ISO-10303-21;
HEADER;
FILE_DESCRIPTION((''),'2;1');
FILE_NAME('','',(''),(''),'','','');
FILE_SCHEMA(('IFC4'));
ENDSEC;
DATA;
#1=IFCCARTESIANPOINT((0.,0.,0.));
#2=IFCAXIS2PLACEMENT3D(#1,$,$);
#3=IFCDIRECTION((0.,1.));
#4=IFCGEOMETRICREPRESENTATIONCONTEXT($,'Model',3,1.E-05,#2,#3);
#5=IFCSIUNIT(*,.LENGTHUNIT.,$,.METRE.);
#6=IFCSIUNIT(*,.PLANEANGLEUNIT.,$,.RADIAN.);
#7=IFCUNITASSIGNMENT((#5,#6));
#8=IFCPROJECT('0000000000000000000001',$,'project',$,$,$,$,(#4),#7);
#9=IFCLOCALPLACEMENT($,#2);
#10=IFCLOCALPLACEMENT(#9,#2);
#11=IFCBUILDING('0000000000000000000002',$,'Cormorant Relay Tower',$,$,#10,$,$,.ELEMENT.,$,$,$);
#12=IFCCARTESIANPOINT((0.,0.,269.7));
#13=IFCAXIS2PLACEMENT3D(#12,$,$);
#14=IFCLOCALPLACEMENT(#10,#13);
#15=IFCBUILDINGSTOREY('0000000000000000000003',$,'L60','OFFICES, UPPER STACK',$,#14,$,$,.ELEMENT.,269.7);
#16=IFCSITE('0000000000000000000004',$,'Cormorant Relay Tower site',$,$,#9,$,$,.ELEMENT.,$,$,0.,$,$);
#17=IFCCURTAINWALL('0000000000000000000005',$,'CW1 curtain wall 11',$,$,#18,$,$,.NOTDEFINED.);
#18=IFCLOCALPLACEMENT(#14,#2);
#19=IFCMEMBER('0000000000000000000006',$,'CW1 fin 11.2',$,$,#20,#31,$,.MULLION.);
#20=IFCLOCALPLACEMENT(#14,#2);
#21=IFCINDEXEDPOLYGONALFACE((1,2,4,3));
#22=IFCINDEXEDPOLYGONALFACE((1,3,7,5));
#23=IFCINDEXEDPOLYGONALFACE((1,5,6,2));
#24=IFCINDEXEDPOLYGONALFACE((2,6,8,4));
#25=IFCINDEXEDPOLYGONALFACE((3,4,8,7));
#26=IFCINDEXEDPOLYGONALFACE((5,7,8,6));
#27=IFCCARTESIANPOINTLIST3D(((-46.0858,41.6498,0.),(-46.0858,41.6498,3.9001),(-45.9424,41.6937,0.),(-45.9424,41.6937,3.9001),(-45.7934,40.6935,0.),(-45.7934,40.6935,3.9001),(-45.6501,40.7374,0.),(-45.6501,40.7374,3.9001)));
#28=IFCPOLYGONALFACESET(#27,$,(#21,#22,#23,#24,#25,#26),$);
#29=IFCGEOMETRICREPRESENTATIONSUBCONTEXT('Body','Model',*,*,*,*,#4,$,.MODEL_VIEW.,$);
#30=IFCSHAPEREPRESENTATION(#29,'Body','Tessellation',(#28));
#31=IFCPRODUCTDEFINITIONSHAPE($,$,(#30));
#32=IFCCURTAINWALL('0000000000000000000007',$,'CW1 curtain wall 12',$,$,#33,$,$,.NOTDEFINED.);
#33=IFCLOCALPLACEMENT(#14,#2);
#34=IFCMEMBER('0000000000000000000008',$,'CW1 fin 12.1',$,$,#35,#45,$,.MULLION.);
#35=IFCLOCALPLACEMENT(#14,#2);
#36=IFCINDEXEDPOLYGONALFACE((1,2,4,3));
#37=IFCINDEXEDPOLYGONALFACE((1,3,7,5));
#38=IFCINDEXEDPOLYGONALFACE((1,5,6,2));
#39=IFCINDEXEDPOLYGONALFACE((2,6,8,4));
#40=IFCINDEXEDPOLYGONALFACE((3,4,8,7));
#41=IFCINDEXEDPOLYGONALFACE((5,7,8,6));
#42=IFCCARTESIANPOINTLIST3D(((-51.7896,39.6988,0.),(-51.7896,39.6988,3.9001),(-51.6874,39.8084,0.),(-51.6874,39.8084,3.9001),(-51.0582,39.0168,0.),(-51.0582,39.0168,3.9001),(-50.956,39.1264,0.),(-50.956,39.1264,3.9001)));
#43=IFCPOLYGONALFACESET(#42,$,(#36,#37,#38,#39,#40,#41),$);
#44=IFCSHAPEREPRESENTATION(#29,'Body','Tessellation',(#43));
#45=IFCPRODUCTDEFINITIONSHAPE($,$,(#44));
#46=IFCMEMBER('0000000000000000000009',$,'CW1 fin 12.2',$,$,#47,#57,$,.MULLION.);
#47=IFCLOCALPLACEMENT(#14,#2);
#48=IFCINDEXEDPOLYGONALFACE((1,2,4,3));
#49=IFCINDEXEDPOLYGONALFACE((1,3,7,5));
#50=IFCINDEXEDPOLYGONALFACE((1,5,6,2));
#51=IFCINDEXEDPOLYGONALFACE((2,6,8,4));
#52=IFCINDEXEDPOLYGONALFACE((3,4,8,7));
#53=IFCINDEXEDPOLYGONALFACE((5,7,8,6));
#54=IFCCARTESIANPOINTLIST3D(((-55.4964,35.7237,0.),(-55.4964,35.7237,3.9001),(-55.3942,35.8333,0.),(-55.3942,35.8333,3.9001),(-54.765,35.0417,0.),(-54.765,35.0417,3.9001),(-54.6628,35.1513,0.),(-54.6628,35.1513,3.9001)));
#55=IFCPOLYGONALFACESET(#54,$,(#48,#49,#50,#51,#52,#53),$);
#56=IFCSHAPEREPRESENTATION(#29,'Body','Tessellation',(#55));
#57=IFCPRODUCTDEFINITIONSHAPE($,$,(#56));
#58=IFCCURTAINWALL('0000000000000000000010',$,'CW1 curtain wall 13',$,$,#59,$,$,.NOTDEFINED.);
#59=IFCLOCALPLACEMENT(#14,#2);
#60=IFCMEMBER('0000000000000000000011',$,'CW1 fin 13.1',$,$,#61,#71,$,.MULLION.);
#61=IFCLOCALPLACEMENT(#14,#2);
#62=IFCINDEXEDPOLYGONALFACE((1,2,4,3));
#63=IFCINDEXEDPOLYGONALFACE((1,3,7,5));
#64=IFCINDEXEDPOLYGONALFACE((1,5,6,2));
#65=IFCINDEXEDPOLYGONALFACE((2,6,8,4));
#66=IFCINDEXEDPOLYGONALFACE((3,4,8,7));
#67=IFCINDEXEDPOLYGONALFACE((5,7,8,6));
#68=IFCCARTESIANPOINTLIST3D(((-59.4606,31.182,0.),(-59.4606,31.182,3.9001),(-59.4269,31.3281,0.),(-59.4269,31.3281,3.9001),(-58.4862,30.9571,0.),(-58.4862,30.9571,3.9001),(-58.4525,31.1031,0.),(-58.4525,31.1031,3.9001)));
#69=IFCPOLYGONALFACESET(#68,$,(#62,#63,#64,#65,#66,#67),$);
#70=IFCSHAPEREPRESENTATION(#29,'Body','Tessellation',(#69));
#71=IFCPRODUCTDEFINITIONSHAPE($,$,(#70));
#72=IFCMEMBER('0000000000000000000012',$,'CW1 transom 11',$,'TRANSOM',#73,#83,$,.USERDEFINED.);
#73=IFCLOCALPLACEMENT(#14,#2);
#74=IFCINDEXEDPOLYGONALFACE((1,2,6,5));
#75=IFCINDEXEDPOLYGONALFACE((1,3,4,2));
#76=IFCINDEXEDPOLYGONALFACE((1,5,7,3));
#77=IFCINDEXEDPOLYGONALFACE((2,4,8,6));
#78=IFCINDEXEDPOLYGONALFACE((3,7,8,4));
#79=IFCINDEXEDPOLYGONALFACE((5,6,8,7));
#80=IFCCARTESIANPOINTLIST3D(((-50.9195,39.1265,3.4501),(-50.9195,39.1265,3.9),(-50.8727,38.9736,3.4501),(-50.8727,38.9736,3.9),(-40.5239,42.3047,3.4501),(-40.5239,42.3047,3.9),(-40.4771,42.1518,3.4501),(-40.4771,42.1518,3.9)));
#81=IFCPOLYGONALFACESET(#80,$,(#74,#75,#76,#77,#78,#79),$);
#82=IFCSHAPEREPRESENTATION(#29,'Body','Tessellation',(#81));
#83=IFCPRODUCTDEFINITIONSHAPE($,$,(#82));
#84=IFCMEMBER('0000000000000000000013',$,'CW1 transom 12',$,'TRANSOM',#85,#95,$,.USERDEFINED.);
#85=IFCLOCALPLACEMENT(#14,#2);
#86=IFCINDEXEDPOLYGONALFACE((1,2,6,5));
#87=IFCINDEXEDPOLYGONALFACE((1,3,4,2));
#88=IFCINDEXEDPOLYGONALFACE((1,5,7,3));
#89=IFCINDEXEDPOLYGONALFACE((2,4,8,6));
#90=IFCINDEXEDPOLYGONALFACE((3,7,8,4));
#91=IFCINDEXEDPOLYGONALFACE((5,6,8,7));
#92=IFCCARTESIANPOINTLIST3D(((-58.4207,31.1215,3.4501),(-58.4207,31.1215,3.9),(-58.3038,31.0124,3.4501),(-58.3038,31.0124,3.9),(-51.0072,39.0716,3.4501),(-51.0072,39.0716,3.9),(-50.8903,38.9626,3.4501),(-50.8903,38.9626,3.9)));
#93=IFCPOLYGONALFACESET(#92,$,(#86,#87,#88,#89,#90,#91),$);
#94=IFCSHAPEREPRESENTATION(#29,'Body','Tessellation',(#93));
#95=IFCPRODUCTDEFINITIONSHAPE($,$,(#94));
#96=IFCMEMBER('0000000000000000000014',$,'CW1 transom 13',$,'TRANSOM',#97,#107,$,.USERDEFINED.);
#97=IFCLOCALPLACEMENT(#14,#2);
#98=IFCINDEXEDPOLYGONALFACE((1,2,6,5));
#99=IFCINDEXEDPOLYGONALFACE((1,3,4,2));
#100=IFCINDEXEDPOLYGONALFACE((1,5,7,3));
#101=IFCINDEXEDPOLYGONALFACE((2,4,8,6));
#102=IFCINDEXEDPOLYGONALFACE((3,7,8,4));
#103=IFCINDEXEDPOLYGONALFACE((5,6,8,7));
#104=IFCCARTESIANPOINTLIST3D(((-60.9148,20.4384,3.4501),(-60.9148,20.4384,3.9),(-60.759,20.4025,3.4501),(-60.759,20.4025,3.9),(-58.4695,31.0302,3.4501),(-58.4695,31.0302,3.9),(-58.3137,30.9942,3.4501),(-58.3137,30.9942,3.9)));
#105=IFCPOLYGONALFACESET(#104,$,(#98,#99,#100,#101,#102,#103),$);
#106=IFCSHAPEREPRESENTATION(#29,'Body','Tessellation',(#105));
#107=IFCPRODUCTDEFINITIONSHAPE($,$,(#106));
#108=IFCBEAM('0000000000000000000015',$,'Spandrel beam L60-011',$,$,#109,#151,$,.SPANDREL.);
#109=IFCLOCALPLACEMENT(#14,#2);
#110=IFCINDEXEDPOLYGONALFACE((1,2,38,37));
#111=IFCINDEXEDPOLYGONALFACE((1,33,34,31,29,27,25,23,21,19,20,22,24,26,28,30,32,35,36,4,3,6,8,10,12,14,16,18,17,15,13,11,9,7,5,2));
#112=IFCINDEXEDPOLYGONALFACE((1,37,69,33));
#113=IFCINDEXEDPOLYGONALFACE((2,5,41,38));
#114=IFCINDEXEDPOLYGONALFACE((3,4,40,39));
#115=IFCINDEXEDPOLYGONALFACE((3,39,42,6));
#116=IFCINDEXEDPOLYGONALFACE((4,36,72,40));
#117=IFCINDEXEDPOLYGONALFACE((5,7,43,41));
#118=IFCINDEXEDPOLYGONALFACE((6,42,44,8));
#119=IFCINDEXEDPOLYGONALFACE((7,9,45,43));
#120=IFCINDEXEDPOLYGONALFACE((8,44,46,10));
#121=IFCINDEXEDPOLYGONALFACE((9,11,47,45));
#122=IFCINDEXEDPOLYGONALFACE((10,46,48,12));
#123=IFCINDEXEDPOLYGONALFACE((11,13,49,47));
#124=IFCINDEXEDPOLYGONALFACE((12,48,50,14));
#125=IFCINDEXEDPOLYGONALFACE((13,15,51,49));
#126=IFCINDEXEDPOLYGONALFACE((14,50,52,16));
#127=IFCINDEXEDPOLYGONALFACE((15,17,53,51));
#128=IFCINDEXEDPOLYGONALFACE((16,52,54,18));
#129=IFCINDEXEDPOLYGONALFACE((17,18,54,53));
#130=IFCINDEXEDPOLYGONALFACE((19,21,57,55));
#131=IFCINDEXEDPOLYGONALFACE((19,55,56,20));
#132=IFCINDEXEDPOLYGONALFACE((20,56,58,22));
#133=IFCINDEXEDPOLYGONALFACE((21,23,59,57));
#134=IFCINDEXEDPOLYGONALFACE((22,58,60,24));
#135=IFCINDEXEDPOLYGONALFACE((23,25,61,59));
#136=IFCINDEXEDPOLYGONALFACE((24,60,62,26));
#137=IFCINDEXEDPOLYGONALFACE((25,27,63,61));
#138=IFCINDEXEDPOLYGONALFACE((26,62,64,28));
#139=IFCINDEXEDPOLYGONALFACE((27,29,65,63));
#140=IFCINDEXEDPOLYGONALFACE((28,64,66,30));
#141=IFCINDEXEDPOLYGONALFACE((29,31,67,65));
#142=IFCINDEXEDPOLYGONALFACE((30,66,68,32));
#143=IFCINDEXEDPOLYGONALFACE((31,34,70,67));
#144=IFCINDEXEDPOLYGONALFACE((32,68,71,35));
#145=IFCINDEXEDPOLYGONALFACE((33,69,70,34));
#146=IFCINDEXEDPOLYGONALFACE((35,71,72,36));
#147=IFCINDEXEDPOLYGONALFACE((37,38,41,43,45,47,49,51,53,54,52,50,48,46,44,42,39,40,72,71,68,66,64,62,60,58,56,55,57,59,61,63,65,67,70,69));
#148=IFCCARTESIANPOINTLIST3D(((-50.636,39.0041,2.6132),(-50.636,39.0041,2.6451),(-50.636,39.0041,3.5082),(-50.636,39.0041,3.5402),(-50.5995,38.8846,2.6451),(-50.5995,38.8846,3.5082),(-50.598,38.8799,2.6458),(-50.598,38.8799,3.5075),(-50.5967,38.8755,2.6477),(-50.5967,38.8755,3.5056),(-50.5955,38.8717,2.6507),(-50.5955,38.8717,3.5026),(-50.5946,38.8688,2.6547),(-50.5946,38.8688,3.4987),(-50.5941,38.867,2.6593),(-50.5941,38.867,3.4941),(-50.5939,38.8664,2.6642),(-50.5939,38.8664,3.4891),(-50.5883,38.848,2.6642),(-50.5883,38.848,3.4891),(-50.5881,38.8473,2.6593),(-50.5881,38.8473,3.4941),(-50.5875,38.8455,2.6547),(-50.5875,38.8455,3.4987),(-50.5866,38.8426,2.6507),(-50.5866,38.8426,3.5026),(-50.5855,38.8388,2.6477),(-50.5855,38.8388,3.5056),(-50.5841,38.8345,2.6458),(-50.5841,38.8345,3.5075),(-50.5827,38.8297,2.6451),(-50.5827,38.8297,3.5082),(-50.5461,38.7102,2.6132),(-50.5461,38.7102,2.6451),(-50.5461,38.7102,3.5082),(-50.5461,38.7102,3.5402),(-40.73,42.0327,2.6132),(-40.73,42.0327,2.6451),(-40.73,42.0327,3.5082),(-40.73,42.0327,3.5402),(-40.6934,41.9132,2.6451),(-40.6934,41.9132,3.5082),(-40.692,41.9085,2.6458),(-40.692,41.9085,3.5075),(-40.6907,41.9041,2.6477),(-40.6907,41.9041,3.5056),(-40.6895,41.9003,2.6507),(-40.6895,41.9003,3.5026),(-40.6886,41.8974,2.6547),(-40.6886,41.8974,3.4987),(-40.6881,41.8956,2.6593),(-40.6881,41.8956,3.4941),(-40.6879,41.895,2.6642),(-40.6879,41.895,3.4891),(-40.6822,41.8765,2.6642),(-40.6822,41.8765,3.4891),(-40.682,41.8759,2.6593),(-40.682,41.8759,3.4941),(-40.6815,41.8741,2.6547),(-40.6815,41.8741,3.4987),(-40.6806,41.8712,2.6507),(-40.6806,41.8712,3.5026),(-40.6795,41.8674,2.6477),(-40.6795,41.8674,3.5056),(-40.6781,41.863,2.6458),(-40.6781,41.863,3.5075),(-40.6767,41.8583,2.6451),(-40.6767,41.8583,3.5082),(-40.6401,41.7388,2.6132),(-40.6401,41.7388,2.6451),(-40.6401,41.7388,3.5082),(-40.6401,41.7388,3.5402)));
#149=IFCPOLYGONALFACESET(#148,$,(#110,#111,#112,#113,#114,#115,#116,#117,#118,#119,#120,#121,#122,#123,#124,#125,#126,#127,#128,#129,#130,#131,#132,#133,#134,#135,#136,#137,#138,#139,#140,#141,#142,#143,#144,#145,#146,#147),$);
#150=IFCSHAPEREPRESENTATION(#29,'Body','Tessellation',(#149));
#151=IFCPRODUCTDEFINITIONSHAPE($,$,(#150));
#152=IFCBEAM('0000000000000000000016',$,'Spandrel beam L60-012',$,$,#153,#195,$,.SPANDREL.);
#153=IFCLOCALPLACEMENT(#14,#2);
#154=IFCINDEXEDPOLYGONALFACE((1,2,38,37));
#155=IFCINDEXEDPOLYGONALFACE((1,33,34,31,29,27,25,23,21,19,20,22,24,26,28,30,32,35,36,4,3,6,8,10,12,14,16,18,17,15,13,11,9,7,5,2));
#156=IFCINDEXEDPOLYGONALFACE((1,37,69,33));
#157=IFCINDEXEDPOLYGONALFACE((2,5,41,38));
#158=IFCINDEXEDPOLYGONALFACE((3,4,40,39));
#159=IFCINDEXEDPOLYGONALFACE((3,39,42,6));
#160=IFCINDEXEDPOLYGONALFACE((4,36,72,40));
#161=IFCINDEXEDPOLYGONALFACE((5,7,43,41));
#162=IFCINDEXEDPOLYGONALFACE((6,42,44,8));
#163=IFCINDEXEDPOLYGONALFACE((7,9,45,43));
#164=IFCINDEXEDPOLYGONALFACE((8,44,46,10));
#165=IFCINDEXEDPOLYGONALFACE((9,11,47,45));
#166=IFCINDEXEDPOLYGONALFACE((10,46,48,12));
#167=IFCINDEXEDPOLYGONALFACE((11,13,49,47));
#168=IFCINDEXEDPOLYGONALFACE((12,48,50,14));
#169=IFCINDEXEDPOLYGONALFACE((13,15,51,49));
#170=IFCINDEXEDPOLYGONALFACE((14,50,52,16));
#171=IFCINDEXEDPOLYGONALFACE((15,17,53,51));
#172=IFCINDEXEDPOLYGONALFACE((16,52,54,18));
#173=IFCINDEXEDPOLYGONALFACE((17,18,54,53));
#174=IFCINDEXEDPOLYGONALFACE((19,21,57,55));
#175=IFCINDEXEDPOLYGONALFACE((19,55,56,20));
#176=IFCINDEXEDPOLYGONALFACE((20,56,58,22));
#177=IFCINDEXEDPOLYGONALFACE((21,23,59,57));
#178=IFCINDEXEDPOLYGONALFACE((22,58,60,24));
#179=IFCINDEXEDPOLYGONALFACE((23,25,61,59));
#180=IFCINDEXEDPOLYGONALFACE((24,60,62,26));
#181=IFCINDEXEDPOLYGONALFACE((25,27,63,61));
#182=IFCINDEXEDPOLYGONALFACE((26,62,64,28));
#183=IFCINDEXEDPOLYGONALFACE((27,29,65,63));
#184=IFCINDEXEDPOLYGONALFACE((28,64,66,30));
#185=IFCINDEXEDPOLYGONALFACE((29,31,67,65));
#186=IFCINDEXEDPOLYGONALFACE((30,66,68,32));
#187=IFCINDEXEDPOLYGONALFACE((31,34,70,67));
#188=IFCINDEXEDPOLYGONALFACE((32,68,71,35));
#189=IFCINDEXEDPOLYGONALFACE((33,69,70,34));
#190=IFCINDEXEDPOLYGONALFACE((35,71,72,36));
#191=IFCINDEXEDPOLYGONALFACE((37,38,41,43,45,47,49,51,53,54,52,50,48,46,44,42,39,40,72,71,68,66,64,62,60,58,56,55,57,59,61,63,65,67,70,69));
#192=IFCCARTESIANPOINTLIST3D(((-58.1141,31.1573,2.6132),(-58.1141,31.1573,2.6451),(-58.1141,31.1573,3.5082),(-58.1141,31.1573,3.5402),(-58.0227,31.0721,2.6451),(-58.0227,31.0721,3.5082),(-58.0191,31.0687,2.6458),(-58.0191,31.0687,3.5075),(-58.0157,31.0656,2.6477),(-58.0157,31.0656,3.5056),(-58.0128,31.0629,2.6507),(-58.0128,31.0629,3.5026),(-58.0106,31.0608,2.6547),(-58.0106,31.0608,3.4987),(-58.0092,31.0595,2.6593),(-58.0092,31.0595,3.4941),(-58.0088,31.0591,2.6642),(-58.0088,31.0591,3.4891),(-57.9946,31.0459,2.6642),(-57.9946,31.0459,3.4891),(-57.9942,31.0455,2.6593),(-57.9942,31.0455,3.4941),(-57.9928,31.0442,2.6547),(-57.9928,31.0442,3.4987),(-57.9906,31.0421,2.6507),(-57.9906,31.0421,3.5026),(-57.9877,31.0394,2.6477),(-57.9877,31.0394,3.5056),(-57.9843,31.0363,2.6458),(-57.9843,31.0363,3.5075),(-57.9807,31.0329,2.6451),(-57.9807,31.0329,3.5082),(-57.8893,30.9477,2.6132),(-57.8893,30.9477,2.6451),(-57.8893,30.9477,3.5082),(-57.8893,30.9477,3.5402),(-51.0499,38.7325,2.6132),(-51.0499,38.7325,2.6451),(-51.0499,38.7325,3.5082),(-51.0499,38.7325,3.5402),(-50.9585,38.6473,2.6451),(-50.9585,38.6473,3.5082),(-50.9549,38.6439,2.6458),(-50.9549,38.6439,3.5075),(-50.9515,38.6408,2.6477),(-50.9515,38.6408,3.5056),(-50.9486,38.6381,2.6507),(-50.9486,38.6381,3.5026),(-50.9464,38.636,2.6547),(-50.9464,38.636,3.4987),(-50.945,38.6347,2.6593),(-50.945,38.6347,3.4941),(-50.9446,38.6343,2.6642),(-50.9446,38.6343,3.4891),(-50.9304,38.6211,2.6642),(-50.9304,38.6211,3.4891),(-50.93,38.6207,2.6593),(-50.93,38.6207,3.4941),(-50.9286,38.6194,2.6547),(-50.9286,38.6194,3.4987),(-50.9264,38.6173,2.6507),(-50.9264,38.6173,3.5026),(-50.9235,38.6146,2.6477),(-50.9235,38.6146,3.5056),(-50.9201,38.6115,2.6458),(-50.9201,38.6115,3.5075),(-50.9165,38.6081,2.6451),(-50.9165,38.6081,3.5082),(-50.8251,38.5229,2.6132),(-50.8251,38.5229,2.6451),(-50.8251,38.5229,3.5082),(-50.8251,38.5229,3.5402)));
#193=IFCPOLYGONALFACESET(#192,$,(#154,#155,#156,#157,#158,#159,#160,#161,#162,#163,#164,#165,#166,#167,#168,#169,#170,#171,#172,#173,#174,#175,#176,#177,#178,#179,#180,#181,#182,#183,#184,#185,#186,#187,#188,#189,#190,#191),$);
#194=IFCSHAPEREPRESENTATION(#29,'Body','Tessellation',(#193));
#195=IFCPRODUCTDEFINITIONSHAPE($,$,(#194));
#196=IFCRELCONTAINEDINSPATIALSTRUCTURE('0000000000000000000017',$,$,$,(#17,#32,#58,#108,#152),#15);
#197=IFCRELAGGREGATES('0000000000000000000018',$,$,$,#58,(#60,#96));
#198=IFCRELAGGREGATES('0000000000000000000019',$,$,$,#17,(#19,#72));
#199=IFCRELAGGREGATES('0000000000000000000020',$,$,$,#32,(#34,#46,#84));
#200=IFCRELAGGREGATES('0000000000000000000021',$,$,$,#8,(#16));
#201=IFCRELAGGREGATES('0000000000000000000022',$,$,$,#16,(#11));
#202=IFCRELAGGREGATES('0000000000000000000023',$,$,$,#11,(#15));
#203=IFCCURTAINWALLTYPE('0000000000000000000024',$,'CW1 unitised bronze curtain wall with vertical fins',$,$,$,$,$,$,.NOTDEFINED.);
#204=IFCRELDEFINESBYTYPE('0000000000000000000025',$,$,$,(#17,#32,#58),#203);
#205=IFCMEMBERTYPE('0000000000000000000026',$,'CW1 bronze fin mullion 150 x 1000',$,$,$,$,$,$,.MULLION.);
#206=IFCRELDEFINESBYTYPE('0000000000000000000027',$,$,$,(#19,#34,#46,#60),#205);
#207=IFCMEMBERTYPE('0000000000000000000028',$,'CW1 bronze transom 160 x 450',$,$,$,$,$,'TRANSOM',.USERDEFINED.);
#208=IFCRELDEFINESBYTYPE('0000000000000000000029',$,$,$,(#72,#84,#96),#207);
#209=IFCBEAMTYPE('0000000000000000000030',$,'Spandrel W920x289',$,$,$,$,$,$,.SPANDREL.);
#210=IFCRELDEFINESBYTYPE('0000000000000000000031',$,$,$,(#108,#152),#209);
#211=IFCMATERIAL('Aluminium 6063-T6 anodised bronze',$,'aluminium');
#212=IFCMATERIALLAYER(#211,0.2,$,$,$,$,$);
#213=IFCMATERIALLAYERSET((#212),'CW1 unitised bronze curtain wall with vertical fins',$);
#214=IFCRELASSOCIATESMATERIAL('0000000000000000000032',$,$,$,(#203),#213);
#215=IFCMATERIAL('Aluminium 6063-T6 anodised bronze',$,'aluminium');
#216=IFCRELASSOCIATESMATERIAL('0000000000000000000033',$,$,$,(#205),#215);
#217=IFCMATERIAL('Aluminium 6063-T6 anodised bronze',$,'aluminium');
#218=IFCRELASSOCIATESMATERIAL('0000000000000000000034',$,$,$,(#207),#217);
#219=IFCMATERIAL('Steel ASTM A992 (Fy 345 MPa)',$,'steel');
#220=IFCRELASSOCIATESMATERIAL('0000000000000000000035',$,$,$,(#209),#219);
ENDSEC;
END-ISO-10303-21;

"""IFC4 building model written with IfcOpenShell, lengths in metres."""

from ifc_helpers import new_model, si_unit, direction, frame, origin, origin_2d, place, context, subcontext, project, spatial, rectangle, i_section, extrude, material, layer, layer_set, material_profile, profile_set, type_object, element, aggregate, save


model = new_model("IFC4")

# Units and contexts
model_context = context("Model", 3, precision=1e-05, world=origin(), true_north=direction((0.0, 1.0)))
body_context = subcontext(model_context, "Body", "Model", "MODEL_VIEW")
ifc_project = project(units=[si_unit("LENGTHUNIT", "METRE"), si_unit("PLANEANGLEUNIT", "RADIAN")], contexts=[model_context])

# Site, building, storey
site_placement = place(None, origin())
site = spatial("IfcSite", under=ifc_project, at=site_placement, Name="Cormorant Relay Tower site", CompositionType="ELEMENT", RefElevation=0.0)
building_placement = place(site_placement, origin())
building = spatial("IfcBuilding", under=site, at=building_placement, Name="Cormorant Relay Tower", CompositionType="ELEMENT")
storey_placement = place(building_placement, frame((0.0, 0.0, 269.7)))
storey = spatial("IfcBuildingStorey", under=building, at=storey_placement, Name="L60", Description="OFFICES, UPPER STACK", CompositionType="ELEMENT", Elevation=269.7)

# Curtain walls, members
ifc_material_1 = material(Name="Aluminium 6063-T6 anodised bronze", Category="aluminium")
ifc_layer_1 = layer(ifc_material_1, 0.2)
ifc_layer_set_1 = layer_set([ifc_layer_1], Name="CW1 unitised bronze curtain wall with vertical fins")
curtain_wall_type = type_object("IfcCurtainWallType", Name="CW1 unitised bronze curtain wall with vertical fins", PredefinedType="NOTDEFINED", material=ifc_layer_set_1)
curtain_wall_1_placement = place(storey_placement, origin())
curtain_wall_1 = element("IfcCurtainWall", 1, at=curtain_wall_1_placement, inside=storey, type_object=curtain_wall_type, Name="CW1 curtain wall 11", PredefinedType="NOTDEFINED")
ifc_material_2 = material(Name="Aluminium 6063-T6 anodised bronze", Category="aluminium")
ifc_material_profile_1 = material_profile(ifc_material_2, rectangle(XDim=0.1499, YDim=1.0, at=origin_2d()), Name="AL 150x1000")
ifc_profile_set_1 = profile_set([ifc_material_profile_1], Name="Aluminium 6063-T6 anodised bronze")
member_type_1 = type_object("IfcMemberType", Name="CW1 bronze fin mullion 150 x 1000", PredefinedType="MULLION", material=ifc_profile_set_1)
member_1_placement = place(storey_placement, frame((-45.8679, 41.1936, 0.0), z_axis=(0.0, 0.0, 1.0), x_axis=(-0.956305, -0.292372, 0.0)))
member_1 = element("IfcMember", 2, at=member_1_placement, type_object=member_type_1, Name="CW1 fin 11.2", PredefinedType="MULLION", context=body_context, shape_type="SweptSolid", body=[
    extrude(rectangle(XDim=0.1499, YDim=1.0, at=origin_2d()), origin(), (0.0, 0.0, 1.0), 3.9001),
])
curtain_wall_2_placement = place(storey_placement, origin())
curtain_wall_2 = element("IfcCurtainWall", 3, at=curtain_wall_2_placement, inside=storey, type_object=curtain_wall_type, Name="CW1 curtain wall 12", PredefinedType="NOTDEFINED")
member_2_placement = place(storey_placement, frame((-51.3728, 39.4126, 0.0), z_axis=(0.0, 0.0, 1.0), x_axis=(-0.681998, -0.731354, 0.0)))
member_2 = element("IfcMember", 4, at=member_2_placement, type_object=member_type_1, Name="CW1 fin 12.1", PredefinedType="MULLION", context=body_context, shape_type="SweptSolid", body=[
    extrude(rectangle(XDim=0.1499, YDim=1.0, at=origin_2d()), origin(), (0.0, 0.0, 1.0), 3.9001),
])
member_3_placement = place(storey_placement, frame((-55.0796, 35.4375, 0.0), z_axis=(0.0, 0.0, 1.0), x_axis=(-0.681998, -0.731354, 0.0)))
member_3 = element("IfcMember", 5, at=member_3_placement, type_object=member_type_1, Name="CW1 fin 12.2", PredefinedType="MULLION", context=body_context, shape_type="SweptSolid", body=[
    extrude(rectangle(XDim=0.1499, YDim=1.0, at=origin_2d()), origin(), (0.0, 0.0, 1.0), 3.9001),
])

# Curtain wall, member
curtain_wall_3_placement = place(storey_placement, origin())
curtain_wall_3 = element("IfcCurtainWall", 6, at=curtain_wall_3_placement, inside=storey, type_object=curtain_wall_type, Name="CW1 curtain wall 13", PredefinedType="NOTDEFINED")
member_4_placement = place(storey_placement, frame((-58.9565, 31.1426, 0.0), z_axis=(0.0, 0.0, 1.0), x_axis=(-0.224951, -0.97437, 0.0)))
member_4 = element("IfcMember", 7, at=member_4_placement, type_object=member_type_1, Name="CW1 fin 13.1", PredefinedType="MULLION", context=body_context, shape_type="SweptSolid", body=[
    extrude(rectangle(XDim=0.1499, YDim=1.0, at=origin_2d()), origin(), (0.0, 0.0, 1.0), 3.9001),
])

# Members
ifc_material_3 = material(Name="Aluminium 6063-T6 anodised bronze", Category="aluminium")
ifc_material_profile_2 = material_profile(ifc_material_3, rectangle(XDim=0.1599, YDim=0.45, at=origin_2d()), Name="AL 160x450")
ifc_profile_set_2 = profile_set([ifc_material_profile_2], Name="Aluminium 6063-T6 anodised bronze")
member_type_2 = type_object("IfcMemberType", Name="CW1 bronze transom 160 x 450", ElementType="TRANSOM", PredefinedType="USERDEFINED", material=ifc_profile_set_2)
member_5_placement = place(storey_placement, frame((-40.5005, 42.2283, 3.675), z_axis=(-0.956305, -0.292371, 0.0), x_axis=(0.292371, -0.956305, 0.0)))
member_5 = element("IfcMember", 8, at=member_5_placement, type_object=member_type_2, Name="CW1 transom 11", ObjectType="TRANSOM", PredefinedType="USERDEFINED", context=body_context, shape_type="SweptSolid", body=[
    extrude(rectangle(XDim=0.1599, YDim=0.45, at=origin_2d()), origin(), (0.0, 0.0, 1.0), 10.8706),
])
member_6_placement = place(storey_placement, frame((-50.9487, 39.0171, 3.675), z_axis=(-0.681993, -0.731358, 0.0), x_axis=(0.731358, -0.681993, 0.0)))
member_6 = element("IfcMember", 9, at=member_6_placement, type_object=member_type_2, Name="CW1 transom 12", ObjectType="TRANSOM", PredefinedType="USERDEFINED", context=body_context, shape_type="SweptSolid", body=[
    extrude(rectangle(XDim=0.1599, YDim=0.45, at=origin_2d()), origin(), (0.0, 0.0, 1.0), 10.8704),
])
member_7_placement = place(storey_placement, frame((-58.3916, 31.0122, 3.675), z_axis=(-0.224951, -0.97437, 0.0), x_axis=(0.97437, -0.224951, 0.0)))
member_7 = element("IfcMember", 10, at=member_7_placement, type_object=member_type_2, Name="CW1 transom 13", ObjectType="TRANSOM", PredefinedType="USERDEFINED", context=body_context, shape_type="SweptSolid", body=[
    extrude(rectangle(XDim=0.1599, YDim=0.45, at=origin_2d()), origin(), (0.0, 0.0, 1.0), 10.8704),
])
aggregate(curtain_wall_3, [member_4, member_7])

# Beams
ifc_material_4 = material(Name="Steel ASTM A992 (Fy 345 MPa)", Category="steel")
ifc_material_profile_3 = material_profile(ifc_material_4, i_section(OverallWidth=0.3074, OverallDepth=0.927, WebThickness=0.0193, FlangeThickness=0.032, FilletRadius=0.019, at=origin_2d()), Name="W920x289")
ifc_profile_set_3 = profile_set([ifc_material_profile_3], Name="Steel ASTM A992 (Fy 345 MPa)")
beam_type = type_object("IfcBeamType", Name="Spandrel W920x289", PredefinedType="SPANDREL", material=ifc_profile_set_3)
beam_1_placement = place(storey_placement, frame((-40.6851, 41.8857, 3.0767), z_axis=(-0.956305, -0.292371, 0.0), x_axis=(0.292371, -0.956305, 0.0)))
element("IfcBeam", 11, at=beam_1_placement, inside=storey, type_object=beam_type, Name="Spandrel beam L60-011", PredefinedType="SPANDREL", context=body_context, shape_type="SweptSolid", body=[
    extrude(i_section(OverallWidth=0.3074, OverallDepth=0.927, WebThickness=0.0193, FlangeThickness=0.032, FilletRadius=0.019, at=origin_2d()), origin(), (0.0, 0.0, 1.0), 10.3586),
])
beam_2_placement = place(storey_placement, frame((-50.9375, 38.6277, 3.0767), z_axis=(-0.68201, -0.731343, 0.0), x_axis=(0.731343, -0.68201, 0.0)))
element("IfcBeam", 12, at=beam_2_placement, inside=storey, type_object=beam_type, Name="Spandrel beam L60-012", PredefinedType="SPANDREL", context=body_context, shape_type="SweptSolid", body=[
    extrude(i_section(OverallWidth=0.3074, OverallDepth=0.927, WebThickness=0.0193, FlangeThickness=0.032, FilletRadius=0.019, at=origin_2d()), origin(), (0.0, 0.0, 1.0), 10.3579),
])

aggregate(curtain_wall_1, [member_1, member_5])
aggregate(curtain_wall_2, [member_2, member_3, member_6])

save(model, "model.ifc")
